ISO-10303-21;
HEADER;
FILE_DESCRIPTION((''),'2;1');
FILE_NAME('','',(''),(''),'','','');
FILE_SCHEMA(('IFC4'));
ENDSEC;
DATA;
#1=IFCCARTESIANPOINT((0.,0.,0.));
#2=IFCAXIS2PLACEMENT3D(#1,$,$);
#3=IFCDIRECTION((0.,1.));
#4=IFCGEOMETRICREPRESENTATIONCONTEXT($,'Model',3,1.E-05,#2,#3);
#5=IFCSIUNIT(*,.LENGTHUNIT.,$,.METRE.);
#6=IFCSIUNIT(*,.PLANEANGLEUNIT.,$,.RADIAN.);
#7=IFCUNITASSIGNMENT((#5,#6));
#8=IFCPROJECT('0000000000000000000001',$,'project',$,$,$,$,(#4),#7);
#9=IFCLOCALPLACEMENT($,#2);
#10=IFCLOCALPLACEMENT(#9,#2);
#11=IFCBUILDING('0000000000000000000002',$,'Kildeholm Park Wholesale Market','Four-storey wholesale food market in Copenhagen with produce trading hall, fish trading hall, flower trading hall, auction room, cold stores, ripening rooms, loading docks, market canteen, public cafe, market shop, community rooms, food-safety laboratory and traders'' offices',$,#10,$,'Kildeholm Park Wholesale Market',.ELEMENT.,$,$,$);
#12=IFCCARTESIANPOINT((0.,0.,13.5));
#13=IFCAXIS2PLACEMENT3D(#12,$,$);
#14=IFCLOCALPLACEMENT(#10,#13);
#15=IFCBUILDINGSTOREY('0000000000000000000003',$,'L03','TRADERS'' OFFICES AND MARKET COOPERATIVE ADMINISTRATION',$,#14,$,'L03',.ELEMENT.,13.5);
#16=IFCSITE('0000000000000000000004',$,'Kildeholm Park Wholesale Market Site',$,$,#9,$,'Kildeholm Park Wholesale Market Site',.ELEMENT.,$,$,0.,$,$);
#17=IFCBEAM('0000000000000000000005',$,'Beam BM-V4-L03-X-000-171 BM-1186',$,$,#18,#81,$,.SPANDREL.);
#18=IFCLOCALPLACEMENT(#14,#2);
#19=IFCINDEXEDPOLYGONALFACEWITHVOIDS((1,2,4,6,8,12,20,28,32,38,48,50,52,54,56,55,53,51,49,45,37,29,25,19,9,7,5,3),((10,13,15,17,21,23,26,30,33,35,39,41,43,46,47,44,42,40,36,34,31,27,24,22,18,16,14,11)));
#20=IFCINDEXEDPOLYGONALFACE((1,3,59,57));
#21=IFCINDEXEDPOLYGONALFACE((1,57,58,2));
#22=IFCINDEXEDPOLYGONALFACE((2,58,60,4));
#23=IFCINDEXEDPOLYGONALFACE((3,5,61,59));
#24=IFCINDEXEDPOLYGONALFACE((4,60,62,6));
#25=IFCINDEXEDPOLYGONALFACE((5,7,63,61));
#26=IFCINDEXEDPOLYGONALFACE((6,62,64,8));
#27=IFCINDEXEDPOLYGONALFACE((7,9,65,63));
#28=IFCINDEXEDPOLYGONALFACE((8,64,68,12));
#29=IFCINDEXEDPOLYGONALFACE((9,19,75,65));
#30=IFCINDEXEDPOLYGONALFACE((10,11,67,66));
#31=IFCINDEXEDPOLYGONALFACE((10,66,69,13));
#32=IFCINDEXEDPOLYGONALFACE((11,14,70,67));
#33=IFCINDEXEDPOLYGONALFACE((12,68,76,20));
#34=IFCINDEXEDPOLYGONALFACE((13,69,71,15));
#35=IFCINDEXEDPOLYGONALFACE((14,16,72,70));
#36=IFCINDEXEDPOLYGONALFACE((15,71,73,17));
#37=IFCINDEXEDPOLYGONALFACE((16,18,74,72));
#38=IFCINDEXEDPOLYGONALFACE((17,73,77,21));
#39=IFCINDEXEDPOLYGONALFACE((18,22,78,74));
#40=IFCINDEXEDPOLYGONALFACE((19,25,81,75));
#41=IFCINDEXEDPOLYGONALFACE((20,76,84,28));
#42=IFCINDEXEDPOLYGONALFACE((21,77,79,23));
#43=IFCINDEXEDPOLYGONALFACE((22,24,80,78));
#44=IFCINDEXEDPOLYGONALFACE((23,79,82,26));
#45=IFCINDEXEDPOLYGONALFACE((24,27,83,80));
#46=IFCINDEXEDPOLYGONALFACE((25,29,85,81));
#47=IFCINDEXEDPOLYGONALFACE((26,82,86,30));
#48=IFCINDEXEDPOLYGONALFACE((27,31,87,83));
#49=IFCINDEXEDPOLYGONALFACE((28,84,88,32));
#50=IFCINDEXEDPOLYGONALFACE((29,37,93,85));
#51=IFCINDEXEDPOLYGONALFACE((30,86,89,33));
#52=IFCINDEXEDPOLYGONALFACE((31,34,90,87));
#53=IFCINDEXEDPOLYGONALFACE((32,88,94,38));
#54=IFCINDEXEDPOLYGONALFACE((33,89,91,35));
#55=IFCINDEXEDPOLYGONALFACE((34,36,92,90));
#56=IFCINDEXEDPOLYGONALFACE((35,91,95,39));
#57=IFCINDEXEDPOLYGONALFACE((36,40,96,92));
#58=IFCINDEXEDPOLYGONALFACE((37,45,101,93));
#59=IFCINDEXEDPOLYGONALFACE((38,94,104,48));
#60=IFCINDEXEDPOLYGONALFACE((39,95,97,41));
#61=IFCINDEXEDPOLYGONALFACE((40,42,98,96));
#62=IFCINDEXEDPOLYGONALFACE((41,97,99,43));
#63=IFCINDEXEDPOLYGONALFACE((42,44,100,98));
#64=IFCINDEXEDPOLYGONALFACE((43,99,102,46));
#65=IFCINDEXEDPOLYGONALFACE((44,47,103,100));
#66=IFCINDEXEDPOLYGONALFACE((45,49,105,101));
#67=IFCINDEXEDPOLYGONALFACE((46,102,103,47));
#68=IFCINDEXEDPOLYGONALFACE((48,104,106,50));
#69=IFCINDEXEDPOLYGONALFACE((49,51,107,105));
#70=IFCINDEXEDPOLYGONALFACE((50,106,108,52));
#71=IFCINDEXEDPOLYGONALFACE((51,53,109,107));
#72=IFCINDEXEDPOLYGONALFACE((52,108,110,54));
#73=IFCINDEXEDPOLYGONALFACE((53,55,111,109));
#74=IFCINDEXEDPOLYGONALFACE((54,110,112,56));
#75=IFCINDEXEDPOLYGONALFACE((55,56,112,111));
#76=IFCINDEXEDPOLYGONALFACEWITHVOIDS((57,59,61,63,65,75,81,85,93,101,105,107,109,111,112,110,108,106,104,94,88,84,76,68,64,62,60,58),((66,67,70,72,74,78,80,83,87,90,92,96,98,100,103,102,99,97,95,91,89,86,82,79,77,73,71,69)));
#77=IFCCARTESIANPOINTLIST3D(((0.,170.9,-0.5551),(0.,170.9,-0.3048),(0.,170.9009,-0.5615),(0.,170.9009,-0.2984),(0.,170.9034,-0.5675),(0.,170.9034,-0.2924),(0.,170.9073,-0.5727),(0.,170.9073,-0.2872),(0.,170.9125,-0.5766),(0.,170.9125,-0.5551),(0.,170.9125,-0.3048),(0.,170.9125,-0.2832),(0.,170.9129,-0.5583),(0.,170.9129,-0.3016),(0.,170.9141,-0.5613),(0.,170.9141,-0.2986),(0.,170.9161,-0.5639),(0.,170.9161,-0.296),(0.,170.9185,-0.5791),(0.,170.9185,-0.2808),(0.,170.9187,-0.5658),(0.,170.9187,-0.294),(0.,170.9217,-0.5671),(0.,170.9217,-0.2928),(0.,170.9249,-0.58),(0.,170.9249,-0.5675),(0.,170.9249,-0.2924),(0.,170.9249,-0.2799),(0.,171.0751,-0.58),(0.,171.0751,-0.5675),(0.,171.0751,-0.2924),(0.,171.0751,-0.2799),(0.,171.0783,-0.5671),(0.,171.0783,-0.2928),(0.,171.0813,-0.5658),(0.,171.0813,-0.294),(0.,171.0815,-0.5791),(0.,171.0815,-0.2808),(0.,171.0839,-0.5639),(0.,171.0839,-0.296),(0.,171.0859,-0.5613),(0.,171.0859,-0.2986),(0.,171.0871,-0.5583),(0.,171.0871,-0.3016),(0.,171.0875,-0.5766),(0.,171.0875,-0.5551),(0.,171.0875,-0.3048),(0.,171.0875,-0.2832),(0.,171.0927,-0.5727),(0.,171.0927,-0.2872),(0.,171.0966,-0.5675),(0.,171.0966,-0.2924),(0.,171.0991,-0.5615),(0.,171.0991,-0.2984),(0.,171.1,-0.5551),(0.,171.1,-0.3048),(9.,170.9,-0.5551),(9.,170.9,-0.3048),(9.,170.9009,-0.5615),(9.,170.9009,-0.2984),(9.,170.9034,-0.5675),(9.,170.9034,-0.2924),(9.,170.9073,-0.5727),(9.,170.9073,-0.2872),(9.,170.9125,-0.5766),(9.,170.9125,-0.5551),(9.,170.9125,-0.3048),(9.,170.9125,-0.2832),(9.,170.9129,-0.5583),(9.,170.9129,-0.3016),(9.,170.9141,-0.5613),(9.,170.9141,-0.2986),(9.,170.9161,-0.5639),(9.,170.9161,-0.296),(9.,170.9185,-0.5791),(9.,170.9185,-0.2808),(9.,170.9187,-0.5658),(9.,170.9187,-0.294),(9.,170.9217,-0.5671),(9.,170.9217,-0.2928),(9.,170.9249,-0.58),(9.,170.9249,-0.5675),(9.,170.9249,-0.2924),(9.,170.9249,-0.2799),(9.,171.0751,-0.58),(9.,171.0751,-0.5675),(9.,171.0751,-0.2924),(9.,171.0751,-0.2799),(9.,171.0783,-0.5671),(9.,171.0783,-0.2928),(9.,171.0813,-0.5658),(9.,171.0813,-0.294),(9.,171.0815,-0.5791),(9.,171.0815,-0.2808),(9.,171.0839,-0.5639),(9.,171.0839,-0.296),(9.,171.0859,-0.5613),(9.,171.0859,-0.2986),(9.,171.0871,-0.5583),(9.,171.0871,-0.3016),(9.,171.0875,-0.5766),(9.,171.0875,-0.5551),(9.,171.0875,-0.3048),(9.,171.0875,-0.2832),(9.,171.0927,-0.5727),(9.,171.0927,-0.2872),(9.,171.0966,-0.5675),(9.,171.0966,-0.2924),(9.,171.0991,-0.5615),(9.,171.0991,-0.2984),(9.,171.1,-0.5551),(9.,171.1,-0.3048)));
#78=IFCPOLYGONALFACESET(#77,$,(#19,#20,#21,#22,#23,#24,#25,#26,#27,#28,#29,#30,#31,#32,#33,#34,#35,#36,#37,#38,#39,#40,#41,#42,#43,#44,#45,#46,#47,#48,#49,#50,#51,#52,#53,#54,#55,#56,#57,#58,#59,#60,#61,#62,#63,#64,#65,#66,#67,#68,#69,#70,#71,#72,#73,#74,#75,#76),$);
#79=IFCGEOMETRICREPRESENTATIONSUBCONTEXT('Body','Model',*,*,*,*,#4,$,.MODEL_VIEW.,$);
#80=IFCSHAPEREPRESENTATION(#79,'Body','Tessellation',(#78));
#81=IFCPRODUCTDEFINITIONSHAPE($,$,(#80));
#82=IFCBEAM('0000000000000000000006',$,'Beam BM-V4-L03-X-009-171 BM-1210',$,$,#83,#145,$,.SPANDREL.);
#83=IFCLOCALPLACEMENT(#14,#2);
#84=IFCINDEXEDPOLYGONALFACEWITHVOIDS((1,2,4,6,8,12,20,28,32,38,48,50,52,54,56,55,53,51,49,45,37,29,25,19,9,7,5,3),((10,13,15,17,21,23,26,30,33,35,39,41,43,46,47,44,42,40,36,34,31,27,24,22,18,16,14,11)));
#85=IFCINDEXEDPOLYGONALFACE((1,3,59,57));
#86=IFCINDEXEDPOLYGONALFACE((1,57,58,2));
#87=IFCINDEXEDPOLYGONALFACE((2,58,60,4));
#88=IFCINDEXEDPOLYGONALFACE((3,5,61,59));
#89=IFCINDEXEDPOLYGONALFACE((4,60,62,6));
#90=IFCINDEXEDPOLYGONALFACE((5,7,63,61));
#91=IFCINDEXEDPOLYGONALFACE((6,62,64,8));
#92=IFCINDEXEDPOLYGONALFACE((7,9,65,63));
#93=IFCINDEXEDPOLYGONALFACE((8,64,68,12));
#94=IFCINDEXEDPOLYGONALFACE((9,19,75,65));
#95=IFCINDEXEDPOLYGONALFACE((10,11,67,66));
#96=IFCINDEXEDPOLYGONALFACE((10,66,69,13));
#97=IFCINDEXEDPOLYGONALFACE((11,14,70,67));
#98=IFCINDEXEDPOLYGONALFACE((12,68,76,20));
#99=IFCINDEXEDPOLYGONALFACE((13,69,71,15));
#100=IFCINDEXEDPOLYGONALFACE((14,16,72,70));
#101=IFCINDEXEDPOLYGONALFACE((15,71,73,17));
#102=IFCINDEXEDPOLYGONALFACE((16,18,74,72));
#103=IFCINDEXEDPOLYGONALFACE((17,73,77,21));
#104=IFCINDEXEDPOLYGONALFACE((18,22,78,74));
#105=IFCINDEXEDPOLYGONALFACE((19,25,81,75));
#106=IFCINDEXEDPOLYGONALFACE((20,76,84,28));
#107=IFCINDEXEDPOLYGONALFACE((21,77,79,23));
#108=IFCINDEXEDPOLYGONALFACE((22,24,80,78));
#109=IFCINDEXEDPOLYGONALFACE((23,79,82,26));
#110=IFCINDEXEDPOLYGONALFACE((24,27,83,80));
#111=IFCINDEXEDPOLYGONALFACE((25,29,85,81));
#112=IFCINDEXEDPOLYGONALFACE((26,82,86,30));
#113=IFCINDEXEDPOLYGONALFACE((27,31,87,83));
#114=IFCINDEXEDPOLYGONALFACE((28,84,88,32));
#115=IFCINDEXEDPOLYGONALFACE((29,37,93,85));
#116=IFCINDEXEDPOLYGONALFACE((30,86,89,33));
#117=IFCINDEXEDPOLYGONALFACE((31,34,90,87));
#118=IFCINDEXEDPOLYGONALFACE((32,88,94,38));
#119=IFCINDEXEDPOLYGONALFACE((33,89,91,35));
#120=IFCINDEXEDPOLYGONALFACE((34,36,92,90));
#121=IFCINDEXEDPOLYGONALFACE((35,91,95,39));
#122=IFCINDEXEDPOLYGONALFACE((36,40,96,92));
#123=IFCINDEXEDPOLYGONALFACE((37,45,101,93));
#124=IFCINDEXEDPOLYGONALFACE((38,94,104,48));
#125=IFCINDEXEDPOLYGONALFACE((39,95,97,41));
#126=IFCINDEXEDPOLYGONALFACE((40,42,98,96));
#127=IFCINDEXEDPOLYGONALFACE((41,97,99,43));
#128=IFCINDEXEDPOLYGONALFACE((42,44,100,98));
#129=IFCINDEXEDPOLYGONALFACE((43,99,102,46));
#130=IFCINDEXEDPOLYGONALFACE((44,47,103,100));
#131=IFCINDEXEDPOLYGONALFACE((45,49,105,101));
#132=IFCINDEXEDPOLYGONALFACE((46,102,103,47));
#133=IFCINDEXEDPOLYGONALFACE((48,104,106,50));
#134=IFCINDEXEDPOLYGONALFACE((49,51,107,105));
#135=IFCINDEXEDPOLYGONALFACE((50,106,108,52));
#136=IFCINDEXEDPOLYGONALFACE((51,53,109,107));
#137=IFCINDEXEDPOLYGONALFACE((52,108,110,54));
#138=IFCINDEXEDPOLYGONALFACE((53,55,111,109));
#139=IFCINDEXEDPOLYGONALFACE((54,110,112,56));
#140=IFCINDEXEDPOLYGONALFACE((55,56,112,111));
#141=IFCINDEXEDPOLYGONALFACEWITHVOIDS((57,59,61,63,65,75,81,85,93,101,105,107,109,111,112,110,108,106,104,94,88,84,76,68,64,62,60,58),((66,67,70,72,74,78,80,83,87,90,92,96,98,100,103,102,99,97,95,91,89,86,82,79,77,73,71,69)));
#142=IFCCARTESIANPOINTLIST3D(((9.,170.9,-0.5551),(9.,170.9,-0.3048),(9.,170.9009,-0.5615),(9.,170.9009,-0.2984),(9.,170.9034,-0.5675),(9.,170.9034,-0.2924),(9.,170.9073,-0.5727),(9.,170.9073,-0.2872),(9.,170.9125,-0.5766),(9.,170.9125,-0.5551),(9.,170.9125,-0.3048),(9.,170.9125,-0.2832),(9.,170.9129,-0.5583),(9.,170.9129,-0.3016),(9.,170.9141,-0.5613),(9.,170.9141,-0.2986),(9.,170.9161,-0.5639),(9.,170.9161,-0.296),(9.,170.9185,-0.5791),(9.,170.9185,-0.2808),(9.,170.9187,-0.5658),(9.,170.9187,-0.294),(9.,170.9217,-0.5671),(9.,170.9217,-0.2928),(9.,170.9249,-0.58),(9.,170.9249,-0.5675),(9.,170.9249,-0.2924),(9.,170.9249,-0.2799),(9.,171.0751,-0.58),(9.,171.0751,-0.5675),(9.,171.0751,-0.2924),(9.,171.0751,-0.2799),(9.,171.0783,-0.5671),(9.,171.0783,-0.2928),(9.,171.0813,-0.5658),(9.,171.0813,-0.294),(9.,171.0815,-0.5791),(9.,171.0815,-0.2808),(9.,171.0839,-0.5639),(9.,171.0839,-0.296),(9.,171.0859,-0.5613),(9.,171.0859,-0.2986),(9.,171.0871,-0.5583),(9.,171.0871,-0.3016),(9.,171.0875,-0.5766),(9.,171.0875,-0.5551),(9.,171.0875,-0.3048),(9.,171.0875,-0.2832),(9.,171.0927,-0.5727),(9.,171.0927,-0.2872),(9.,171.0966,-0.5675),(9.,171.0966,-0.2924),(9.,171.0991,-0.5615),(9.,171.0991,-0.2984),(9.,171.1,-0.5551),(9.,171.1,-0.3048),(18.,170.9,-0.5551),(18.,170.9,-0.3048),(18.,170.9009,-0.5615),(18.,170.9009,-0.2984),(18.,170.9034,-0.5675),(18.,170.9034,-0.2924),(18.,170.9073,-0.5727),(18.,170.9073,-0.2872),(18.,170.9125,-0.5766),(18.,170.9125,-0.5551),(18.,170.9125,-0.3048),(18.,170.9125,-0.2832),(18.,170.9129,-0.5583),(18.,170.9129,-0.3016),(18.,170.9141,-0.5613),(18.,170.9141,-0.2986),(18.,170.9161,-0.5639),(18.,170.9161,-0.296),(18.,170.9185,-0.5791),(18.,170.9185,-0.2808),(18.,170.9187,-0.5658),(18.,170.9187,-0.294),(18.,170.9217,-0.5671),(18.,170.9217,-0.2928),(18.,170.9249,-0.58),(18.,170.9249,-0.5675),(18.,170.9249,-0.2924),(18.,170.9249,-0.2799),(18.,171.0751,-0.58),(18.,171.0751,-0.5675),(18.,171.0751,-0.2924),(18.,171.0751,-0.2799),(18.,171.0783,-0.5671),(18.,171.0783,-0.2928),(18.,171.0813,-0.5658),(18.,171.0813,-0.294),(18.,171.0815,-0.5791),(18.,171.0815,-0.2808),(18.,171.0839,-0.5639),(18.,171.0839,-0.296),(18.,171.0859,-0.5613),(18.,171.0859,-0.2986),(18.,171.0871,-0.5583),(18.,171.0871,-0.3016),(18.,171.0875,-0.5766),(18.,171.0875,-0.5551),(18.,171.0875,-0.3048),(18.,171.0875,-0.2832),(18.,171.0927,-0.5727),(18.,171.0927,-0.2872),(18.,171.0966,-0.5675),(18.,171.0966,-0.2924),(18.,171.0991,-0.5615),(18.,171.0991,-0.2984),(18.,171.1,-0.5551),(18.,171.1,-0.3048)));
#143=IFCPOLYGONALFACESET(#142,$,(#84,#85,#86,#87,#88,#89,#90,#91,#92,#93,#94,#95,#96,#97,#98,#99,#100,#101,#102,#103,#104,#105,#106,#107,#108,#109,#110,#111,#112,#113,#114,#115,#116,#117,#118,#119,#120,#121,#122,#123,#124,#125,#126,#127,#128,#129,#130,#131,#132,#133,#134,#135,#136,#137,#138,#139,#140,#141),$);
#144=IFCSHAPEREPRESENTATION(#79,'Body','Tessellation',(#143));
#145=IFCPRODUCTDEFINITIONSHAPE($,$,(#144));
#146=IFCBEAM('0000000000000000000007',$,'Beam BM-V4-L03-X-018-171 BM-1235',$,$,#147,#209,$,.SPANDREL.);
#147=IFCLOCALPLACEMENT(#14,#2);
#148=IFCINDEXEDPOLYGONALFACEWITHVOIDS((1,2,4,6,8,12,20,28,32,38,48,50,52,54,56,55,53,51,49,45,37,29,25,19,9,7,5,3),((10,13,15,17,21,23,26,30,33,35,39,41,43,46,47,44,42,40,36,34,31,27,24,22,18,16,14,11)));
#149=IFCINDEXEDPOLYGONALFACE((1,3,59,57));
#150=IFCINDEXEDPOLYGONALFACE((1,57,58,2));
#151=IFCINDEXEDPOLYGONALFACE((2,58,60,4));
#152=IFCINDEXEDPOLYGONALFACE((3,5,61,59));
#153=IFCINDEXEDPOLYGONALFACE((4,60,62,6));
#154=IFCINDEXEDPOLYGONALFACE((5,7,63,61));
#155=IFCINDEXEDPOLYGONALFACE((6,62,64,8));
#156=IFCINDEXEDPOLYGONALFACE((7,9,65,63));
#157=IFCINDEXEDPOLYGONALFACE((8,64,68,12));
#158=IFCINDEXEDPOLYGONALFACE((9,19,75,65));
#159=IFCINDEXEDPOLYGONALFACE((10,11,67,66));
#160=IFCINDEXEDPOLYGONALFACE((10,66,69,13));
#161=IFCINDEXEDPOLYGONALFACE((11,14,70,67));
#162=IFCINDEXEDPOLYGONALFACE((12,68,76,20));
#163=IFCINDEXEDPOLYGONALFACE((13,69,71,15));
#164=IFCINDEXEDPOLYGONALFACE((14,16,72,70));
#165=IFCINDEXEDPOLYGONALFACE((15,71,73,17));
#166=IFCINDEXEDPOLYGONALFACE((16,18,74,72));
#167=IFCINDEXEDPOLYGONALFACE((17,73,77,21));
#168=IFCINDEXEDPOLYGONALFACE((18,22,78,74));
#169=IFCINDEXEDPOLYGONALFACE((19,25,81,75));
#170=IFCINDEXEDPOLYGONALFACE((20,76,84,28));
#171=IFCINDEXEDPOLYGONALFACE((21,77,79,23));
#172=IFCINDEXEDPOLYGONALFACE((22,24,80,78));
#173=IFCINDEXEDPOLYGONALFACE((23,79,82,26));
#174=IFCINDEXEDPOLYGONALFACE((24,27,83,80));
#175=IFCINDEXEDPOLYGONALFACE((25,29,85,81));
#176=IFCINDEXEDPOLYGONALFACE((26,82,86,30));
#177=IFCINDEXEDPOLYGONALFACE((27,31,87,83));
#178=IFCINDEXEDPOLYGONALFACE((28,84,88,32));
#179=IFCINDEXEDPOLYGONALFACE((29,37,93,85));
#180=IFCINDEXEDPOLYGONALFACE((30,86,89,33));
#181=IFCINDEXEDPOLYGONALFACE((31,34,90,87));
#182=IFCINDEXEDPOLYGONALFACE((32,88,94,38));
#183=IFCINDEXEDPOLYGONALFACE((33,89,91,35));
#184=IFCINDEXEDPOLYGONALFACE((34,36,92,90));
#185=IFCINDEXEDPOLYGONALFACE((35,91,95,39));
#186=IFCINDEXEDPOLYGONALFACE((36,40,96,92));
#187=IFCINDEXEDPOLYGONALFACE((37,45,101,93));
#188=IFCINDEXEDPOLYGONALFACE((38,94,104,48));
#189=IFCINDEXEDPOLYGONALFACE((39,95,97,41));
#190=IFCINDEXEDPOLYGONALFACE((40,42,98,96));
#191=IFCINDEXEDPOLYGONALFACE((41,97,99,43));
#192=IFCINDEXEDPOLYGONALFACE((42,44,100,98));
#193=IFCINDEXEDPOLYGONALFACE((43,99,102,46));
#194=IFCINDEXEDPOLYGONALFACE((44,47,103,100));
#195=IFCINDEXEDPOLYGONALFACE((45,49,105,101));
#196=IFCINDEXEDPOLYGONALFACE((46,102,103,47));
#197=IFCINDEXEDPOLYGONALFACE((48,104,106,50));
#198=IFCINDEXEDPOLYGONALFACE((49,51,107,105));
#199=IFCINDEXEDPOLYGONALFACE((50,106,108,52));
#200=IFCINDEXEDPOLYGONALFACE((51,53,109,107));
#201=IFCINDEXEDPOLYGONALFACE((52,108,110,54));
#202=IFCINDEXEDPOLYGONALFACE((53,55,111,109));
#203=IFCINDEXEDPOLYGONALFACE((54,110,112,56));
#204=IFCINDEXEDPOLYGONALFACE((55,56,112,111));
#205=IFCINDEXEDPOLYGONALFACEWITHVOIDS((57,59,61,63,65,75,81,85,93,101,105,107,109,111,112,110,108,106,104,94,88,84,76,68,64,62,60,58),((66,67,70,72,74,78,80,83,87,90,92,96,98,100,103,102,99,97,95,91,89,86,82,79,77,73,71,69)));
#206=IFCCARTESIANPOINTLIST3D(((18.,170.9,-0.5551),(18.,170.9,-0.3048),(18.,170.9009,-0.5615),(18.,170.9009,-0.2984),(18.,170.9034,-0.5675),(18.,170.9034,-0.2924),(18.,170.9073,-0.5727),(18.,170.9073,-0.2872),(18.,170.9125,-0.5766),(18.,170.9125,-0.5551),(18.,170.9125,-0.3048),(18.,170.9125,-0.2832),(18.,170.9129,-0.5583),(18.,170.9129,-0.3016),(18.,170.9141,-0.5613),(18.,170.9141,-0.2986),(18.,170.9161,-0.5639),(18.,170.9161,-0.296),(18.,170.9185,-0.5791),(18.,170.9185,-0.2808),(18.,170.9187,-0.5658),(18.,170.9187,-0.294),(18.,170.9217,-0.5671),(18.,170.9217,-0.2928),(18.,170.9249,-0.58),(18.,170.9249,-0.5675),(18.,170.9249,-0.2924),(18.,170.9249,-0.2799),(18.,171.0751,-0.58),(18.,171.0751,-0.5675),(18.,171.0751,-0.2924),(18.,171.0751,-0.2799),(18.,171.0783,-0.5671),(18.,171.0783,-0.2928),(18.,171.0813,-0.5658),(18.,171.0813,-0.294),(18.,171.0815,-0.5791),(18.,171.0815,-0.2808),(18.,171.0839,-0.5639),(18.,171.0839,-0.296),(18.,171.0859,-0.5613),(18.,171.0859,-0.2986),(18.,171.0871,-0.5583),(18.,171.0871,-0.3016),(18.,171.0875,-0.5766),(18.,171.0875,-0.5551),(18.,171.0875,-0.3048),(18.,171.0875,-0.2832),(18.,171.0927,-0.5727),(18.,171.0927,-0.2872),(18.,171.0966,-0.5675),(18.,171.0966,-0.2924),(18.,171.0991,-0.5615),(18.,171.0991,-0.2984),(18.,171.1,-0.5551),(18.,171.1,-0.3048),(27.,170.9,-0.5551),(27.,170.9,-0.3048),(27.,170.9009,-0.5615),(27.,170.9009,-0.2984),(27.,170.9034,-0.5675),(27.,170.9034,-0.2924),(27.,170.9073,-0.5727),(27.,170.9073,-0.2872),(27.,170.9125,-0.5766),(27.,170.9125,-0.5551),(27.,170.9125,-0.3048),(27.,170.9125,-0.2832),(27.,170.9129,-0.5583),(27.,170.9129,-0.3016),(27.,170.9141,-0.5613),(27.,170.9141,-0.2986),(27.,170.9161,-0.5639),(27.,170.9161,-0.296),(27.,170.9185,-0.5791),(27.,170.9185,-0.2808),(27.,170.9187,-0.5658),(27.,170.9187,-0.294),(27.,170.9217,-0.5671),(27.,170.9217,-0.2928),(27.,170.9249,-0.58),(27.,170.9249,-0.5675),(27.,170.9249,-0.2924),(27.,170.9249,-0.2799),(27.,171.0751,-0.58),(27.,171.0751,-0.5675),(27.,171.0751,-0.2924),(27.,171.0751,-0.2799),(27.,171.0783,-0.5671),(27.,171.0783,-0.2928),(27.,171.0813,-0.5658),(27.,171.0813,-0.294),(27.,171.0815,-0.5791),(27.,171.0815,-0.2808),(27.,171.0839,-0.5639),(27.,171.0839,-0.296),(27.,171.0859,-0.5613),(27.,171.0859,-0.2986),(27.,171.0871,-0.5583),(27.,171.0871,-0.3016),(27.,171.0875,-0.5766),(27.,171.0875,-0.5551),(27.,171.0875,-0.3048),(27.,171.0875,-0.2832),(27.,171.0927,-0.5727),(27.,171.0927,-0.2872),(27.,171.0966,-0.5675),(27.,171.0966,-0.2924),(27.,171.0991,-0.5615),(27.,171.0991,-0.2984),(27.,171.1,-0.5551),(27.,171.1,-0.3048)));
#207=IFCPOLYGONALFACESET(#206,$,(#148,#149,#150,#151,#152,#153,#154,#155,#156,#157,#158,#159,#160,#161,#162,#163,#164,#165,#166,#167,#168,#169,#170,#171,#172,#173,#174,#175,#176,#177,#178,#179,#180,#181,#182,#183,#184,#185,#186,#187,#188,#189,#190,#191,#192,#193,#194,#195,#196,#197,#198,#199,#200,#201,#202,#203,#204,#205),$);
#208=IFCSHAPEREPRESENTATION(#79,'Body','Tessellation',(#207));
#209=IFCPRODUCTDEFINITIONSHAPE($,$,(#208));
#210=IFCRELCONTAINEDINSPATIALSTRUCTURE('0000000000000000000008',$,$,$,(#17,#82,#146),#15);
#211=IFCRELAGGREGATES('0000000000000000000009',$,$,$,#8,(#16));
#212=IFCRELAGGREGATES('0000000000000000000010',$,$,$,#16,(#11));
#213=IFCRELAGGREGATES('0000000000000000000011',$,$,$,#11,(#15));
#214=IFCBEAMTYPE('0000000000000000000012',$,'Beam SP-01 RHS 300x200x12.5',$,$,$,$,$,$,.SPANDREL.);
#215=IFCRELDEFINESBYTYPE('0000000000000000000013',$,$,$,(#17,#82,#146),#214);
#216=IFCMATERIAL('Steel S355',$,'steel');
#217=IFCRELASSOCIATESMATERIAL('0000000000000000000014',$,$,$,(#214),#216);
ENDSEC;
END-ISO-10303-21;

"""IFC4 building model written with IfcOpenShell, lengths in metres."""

from ifc_helpers import new_model, si_unit, direction, frame, origin, origin_2d, place, context, subcontext, project, spatial, hollow_rectangle, extrude, material, material_profile, profile_set, type_object, element, save


model = new_model("IFC4")

# Units and contexts
model_context = context("Model", 3, precision=1e-05, world=origin(), true_north=direction((0.0, 1.0)))
body_context = subcontext(model_context, "Body", "Model", "MODEL_VIEW")
ifc_project = project(units=[si_unit("LENGTHUNIT", "METRE"), si_unit("PLANEANGLEUNIT", "RADIAN")], contexts=[model_context])

# Site, building, storey
site_placement = place(None, origin())
site = spatial("IfcSite", under=ifc_project, at=site_placement, Name="Kildeholm Park Wholesale Market Site", LongName="Kildeholm Park Wholesale Market Site", CompositionType="ELEMENT", RefElevation=0.0)
building_placement = place(site_placement, origin())
building = spatial("IfcBuilding", under=site, at=building_placement, Name="Kildeholm Park Wholesale Market", Description="Four-storey wholesale food market in Copenhagen with produce trading hall, fish trading hall, flower trading hall, auction room, cold stores, ripening rooms, loading docks, market canteen, public cafe, market shop, community rooms, food-safety laboratory and traders' offices", LongName="Kildeholm Park Wholesale Market", CompositionType="ELEMENT")
storey_placement = place(building_placement, frame((0.0, 0.0, 13.5)))
storey = spatial("IfcBuildingStorey", under=building, at=storey_placement, Name="L03", Description="TRADERS' OFFICES AND MARKET COOPERATIVE ADMINISTRATION", LongName="L03", CompositionType="ELEMENT", Elevation=13.5)

# Beams
ifc_material_1 = material(Name="Steel S355", Category="steel")
ifc_material_profile_1 = material_profile(ifc_material_1, hollow_rectangle(XDim=0.2, YDim=0.3, WallThickness=0.0125, InnerFilletRadius=0.0125, OuterFilletRadius=0.0249, at=origin_2d()), Name="RHS 300x200x12.5")
ifc_profile_set_1 = profile_set([ifc_material_profile_1], Name="Steel S355")
beam_type_1 = type_object("IfcBeamType", Name="Beam SP-01 RHS 300x200x12.5", PredefinedType="SPANDREL", material=ifc_profile_set_1)
for number, where, z_axis, x_axis, name in (
    (1, (0.0, 171.0, -0.4299), (1.0, 0.0, 0.0), (0.0, 1.0, 0.0), "Beam BM-V4-L03-X-000-171 BM-1186"),
    (2, (9.0, 171.0, -0.4299), (1.0, 0.0, 0.0), (0.0, 1.0, 0.0), "Beam BM-V4-L03-X-009-171 BM-1210"),
    (3, (18.0, 171.0, -0.4299), (1.0, 0.0, 0.0), (0.0, 1.0, 0.0), "Beam BM-V4-L03-X-018-171 BM-1235"),
):
    element("IfcBeam", number, at=place(storey_placement, frame(where, z_axis=z_axis, x_axis=x_axis)), inside=storey, type_object=beam_type_1, Name=name, PredefinedType="SPANDREL", context=body_context, shape_type="SweptSolid", body=[
        extrude(hollow_rectangle(XDim=0.2, YDim=0.3, WallThickness=0.0125, InnerFilletRadius=0.0125, OuterFilletRadius=0.0249, at=origin_2d()), origin(), (0.0, 0.0, 1.0), 9.0),
    ])

save(model, "model.ifc")
